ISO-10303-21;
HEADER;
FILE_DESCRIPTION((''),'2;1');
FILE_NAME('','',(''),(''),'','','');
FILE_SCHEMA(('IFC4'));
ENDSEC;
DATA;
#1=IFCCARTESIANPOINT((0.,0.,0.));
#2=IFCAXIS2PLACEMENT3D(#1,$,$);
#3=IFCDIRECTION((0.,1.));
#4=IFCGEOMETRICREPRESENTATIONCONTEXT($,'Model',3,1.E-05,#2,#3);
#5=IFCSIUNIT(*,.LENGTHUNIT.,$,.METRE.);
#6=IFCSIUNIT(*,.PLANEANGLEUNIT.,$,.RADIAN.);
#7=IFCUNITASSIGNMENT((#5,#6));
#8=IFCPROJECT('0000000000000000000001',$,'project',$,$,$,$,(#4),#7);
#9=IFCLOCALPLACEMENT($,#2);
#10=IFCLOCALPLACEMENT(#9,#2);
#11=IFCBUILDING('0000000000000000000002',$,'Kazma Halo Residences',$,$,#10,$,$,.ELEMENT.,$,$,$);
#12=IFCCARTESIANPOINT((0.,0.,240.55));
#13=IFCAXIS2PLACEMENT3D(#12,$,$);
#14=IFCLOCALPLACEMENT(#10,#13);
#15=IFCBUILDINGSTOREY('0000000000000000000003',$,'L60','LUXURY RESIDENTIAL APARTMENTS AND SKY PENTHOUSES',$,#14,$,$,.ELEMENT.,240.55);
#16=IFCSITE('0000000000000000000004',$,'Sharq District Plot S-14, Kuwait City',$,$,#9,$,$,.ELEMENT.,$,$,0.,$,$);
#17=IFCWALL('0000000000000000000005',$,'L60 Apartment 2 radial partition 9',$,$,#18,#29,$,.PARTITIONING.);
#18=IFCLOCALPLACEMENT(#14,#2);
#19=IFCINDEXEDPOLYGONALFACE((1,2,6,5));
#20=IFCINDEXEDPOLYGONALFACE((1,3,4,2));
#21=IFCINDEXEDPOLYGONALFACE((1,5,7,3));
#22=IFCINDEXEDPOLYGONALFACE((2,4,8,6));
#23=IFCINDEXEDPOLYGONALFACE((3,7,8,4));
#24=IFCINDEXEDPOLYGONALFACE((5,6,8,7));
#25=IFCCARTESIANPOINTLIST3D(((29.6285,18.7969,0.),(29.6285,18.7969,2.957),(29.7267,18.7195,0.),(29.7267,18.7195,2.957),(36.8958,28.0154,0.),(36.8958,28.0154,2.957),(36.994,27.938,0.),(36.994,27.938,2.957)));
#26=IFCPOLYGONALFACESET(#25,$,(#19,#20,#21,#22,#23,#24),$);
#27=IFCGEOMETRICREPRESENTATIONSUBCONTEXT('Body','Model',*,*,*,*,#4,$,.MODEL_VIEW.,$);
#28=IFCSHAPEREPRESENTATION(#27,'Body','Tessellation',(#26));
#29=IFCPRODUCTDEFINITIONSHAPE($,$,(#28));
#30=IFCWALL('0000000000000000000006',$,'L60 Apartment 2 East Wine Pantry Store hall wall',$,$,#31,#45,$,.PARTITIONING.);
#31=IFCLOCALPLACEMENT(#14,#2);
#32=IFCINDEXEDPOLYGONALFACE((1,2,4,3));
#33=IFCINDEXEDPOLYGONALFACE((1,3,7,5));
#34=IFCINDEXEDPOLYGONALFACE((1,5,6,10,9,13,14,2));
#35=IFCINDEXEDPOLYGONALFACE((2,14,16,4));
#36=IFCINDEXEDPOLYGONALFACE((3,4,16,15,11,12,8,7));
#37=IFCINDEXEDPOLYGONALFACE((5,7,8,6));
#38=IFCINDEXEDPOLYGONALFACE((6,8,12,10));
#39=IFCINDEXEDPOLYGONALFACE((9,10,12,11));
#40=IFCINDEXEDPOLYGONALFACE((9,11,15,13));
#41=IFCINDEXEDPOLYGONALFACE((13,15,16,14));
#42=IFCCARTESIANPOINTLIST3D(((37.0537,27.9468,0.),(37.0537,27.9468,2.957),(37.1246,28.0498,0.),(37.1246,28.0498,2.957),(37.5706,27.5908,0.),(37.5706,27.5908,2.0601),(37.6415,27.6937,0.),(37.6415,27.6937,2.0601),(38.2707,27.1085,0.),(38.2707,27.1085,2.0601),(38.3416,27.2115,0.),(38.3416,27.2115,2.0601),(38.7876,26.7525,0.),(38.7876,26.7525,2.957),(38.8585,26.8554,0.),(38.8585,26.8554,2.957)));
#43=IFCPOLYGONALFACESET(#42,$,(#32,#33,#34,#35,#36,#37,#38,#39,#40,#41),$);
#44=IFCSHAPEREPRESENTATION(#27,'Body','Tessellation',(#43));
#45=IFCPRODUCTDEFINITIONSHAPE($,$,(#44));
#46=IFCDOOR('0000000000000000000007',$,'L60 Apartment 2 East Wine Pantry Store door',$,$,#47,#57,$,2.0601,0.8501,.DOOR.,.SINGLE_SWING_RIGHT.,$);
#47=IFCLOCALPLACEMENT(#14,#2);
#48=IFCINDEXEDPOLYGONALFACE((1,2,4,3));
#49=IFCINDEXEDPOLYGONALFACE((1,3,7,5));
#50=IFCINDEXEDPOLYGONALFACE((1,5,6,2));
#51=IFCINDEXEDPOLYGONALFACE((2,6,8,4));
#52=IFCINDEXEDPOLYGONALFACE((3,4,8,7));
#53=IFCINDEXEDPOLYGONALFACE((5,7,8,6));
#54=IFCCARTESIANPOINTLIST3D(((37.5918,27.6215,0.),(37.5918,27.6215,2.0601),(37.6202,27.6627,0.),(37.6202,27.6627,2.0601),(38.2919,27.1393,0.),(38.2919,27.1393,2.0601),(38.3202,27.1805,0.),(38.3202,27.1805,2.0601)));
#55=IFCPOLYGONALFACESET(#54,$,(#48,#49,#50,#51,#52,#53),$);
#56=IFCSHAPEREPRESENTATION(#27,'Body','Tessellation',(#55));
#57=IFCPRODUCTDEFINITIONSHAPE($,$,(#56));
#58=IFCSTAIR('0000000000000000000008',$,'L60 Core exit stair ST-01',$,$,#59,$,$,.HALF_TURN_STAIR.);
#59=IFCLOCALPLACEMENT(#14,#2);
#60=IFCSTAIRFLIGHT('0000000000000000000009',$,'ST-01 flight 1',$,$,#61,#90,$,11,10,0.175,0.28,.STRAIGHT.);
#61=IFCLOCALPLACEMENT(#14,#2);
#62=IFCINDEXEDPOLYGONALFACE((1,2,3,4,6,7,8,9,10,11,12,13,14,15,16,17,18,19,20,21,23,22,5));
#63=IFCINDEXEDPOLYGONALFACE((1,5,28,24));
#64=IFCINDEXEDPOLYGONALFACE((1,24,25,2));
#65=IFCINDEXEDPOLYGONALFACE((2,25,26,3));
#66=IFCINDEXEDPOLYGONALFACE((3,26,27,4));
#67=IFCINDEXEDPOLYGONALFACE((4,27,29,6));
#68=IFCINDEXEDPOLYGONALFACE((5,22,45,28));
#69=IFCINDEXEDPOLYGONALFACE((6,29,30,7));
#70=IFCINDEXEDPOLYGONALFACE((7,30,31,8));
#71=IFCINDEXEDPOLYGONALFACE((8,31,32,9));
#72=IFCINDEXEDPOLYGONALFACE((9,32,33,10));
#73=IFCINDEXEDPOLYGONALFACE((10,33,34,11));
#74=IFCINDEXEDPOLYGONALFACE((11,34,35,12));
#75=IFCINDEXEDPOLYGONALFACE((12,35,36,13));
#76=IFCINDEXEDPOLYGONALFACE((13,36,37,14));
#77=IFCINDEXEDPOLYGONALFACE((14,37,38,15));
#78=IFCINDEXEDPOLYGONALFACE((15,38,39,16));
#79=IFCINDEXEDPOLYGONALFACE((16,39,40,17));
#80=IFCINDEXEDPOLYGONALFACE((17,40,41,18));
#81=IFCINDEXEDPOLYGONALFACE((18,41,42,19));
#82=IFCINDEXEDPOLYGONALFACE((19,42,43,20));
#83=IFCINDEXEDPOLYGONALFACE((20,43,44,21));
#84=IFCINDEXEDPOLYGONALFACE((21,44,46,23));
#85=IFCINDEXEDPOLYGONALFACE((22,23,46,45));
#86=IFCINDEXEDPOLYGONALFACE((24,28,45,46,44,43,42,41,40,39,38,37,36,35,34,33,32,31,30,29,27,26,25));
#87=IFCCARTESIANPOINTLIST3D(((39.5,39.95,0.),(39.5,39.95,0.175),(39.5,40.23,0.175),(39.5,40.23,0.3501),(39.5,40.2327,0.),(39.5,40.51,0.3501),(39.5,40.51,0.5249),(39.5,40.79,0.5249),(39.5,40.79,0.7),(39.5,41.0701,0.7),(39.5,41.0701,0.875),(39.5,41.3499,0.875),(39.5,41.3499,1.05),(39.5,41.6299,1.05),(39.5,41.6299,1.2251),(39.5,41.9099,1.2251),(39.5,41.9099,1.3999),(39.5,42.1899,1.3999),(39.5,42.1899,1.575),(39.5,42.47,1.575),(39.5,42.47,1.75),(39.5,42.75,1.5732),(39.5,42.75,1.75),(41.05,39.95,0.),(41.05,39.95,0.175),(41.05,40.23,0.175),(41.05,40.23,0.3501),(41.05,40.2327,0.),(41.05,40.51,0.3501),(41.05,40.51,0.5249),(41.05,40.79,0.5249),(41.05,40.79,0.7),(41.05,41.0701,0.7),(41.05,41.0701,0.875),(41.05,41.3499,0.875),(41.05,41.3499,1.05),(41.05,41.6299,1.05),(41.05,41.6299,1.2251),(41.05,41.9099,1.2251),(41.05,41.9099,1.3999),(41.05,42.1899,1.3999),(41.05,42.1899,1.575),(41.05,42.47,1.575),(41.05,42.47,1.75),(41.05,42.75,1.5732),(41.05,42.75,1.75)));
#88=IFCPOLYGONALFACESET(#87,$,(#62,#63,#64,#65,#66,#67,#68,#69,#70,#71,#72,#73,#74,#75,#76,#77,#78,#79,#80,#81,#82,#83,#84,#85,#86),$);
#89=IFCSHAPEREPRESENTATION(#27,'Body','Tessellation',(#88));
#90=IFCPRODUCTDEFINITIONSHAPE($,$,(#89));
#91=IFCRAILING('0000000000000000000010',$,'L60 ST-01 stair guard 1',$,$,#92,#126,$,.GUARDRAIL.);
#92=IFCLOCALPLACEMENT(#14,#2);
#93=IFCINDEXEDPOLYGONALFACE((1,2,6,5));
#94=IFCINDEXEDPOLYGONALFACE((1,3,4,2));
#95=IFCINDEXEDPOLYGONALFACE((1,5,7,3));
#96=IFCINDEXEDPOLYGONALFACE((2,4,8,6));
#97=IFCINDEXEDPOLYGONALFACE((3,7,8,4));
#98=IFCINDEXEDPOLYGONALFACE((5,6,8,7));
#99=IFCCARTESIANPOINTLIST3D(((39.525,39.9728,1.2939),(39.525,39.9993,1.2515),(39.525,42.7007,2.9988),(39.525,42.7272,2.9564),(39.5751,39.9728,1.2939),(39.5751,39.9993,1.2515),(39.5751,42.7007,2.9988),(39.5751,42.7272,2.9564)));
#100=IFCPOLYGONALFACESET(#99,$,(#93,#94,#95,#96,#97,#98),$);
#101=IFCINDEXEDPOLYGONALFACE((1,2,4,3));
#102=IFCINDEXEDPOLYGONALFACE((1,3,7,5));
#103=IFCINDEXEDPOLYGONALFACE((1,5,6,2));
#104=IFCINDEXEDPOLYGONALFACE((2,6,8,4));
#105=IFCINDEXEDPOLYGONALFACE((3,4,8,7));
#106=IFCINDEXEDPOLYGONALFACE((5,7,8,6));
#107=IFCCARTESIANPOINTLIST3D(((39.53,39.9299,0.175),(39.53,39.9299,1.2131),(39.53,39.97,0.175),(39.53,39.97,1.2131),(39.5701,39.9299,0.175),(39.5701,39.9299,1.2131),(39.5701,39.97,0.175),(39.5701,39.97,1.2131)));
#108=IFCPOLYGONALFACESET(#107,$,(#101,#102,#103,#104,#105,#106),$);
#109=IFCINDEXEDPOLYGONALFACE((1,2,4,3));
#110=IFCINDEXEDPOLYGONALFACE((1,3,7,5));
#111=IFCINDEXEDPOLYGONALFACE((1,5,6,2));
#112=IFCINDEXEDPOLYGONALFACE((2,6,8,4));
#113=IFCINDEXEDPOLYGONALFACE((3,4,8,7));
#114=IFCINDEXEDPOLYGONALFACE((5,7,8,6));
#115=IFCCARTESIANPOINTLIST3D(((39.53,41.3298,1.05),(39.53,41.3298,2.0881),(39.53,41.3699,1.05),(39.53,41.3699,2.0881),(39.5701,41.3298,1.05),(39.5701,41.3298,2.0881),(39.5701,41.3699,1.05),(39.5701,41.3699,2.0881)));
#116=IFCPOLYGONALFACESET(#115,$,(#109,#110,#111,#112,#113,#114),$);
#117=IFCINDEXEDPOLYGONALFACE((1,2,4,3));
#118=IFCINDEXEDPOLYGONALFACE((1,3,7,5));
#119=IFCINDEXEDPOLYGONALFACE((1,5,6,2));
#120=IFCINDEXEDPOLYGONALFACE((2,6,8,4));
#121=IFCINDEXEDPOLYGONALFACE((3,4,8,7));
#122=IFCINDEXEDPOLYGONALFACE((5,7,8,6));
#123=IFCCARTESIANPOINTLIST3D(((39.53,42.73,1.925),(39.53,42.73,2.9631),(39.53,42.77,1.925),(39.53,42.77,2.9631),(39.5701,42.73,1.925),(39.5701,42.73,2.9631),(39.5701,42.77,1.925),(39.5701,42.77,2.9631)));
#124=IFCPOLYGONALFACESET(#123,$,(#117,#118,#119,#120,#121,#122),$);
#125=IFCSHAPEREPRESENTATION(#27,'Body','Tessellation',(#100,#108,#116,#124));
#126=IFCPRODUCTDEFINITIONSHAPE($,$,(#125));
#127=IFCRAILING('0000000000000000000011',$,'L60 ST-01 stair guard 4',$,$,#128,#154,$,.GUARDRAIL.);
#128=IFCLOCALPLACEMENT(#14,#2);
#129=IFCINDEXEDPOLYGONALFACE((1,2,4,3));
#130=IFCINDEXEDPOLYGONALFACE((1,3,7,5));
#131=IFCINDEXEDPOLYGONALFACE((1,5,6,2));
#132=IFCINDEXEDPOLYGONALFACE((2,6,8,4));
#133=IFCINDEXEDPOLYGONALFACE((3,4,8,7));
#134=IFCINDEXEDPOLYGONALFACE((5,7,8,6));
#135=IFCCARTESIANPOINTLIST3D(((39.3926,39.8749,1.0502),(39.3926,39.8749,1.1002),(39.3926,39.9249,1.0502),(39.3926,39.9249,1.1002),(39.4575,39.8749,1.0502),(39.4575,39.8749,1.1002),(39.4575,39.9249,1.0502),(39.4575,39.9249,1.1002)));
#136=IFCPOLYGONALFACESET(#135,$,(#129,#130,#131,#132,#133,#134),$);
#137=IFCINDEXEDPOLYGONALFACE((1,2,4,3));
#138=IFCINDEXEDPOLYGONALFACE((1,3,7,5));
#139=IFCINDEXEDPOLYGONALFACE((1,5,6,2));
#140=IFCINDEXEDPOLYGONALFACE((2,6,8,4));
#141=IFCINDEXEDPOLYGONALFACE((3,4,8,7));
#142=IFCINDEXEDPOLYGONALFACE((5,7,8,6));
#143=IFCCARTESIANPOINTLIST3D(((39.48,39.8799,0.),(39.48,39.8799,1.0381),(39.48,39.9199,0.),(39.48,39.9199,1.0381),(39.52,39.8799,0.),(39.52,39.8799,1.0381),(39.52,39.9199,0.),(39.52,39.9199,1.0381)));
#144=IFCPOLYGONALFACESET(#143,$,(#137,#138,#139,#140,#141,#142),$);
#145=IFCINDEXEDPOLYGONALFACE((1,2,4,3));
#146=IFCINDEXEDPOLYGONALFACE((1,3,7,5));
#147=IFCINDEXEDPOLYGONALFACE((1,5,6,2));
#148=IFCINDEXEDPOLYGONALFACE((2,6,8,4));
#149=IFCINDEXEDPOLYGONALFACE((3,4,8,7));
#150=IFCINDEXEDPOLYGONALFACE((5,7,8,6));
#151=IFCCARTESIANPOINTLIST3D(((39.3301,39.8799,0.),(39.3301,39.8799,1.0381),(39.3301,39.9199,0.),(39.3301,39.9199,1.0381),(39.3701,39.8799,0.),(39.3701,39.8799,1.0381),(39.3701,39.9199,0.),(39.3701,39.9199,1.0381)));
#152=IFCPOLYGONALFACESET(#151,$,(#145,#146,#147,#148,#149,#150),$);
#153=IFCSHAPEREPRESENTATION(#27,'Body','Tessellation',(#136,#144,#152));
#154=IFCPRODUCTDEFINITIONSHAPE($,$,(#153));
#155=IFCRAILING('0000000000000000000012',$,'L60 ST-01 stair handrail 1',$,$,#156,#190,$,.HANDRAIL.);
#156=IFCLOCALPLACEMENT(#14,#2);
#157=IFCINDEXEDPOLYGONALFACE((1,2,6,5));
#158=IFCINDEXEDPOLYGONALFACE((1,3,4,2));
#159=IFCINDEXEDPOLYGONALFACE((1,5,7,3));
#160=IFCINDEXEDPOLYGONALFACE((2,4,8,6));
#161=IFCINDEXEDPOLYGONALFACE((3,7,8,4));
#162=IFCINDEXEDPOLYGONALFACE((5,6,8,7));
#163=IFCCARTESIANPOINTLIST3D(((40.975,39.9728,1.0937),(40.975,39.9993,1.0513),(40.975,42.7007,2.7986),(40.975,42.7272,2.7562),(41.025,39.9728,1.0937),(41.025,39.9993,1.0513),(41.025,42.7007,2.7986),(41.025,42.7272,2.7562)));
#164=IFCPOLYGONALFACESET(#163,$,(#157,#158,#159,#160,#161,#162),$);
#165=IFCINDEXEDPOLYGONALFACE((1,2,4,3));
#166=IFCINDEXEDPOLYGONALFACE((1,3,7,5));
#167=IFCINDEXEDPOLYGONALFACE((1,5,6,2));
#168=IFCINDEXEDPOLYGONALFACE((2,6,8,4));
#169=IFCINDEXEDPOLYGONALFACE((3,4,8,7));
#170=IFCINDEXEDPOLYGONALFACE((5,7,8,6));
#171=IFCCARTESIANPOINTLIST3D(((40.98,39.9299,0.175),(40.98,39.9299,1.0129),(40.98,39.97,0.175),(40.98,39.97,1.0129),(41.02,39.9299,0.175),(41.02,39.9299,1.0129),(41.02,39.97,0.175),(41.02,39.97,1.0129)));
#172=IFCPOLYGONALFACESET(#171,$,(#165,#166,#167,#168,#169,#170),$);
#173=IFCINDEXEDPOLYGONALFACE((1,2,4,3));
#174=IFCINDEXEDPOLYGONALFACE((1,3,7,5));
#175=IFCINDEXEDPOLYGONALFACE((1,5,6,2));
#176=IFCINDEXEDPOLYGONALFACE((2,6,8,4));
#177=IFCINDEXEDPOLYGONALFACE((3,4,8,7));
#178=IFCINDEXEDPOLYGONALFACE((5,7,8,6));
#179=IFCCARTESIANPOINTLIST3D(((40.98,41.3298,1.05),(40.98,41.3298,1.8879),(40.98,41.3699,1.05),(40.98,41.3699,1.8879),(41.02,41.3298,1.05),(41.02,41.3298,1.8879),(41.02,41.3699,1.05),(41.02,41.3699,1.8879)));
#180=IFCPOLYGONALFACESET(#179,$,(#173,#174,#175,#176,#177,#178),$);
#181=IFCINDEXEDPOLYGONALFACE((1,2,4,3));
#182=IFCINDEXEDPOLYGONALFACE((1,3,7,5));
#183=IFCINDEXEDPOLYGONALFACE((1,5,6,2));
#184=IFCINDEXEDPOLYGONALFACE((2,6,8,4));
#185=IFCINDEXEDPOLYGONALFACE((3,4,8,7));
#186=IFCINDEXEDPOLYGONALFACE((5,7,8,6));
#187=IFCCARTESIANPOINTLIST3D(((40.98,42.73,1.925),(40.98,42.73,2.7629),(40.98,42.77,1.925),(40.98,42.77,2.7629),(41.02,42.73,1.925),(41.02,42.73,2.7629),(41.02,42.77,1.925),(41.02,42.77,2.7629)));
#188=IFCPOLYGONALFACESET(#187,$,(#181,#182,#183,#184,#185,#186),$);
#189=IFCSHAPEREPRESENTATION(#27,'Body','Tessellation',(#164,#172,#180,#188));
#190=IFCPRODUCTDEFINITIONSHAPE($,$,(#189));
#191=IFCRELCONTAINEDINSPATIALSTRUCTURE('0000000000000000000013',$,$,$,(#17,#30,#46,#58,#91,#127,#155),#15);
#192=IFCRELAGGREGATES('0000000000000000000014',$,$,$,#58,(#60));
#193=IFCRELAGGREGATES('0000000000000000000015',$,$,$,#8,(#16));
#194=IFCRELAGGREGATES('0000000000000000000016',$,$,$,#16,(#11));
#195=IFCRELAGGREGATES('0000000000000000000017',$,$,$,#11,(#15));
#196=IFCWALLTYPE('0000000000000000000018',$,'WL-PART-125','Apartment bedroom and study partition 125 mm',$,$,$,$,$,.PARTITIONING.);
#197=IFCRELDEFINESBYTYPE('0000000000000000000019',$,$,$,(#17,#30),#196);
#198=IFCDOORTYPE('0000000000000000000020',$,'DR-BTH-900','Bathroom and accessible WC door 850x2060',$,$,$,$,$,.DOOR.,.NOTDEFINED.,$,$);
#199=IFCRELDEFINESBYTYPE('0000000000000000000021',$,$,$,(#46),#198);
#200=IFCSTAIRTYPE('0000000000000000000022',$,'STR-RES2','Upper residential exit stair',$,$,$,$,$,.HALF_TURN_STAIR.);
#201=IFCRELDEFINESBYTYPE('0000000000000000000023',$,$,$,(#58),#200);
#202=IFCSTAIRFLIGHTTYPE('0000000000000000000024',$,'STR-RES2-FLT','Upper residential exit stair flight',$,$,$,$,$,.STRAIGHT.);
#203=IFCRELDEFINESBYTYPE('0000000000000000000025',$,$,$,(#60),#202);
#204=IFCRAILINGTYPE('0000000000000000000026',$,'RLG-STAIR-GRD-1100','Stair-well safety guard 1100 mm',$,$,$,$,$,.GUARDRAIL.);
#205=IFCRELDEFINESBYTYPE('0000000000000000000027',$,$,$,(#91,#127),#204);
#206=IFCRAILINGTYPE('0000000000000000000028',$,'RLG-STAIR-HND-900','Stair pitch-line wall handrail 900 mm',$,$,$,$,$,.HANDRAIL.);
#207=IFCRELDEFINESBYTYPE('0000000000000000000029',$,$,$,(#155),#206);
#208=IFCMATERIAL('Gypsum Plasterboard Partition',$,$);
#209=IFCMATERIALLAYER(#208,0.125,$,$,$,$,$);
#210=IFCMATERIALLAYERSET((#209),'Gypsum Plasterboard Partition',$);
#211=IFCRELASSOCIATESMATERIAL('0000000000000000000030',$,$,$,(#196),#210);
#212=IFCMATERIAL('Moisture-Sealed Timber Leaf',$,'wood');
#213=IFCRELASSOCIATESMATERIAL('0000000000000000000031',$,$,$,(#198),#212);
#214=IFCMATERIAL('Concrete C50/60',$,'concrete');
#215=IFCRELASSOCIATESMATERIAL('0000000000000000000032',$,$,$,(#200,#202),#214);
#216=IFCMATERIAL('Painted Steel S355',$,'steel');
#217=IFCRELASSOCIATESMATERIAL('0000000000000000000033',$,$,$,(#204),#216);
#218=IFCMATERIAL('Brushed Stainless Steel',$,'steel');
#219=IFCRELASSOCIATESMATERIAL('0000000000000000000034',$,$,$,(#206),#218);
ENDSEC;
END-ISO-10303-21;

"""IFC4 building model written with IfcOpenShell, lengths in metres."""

from ifc_helpers import new_model, si_unit, direction, frame, frame_2d, origin, origin_2d, place, context, subcontext, project, spatial, polyline, rectangle, outline, extrude, material, layer, layer_set, type_object, element, fill, aggregate, save


model = new_model("IFC4")

# Units and contexts
model_context = context("Model", 3, precision=1e-05, world=origin(), true_north=direction((0.0, 1.0)))
body_context = subcontext(model_context, "Body", "Model", "MODEL_VIEW")
ifc_project = project(units=[si_unit("LENGTHUNIT", "METRE"), si_unit("PLANEANGLEUNIT", "RADIAN")], contexts=[model_context])

# Site, building, storey
site_placement = place(None, origin())
site = spatial("IfcSite", under=ifc_project, at=site_placement, Name="Sharq District Plot S-14, Kuwait City", CompositionType="ELEMENT", RefElevation=0.0)
building_placement = place(site_placement, origin())
building = spatial("IfcBuilding", under=site, at=building_placement, Name="Kazma Halo Residences", CompositionType="ELEMENT")
storey_placement = place(building_placement, frame((0.0, 0.0, 240.55)))
storey = spatial("IfcBuildingStorey", under=building, at=storey_placement, Name="L60", Description="LUXURY RESIDENTIAL APARTMENTS AND SKY PENTHOUSES", CompositionType="ELEMENT", Elevation=240.55)

# Shared definitions
ifc_material_1 = material(Name="Gypsum Plasterboard Partition")
ifc_layer_1 = layer(ifc_material_1, 0.125)
ifc_layer_set_1 = layer_set([ifc_layer_1], Name="Gypsum Plasterboard Partition")
wall_type_1 = type_object("IfcWallType", Name="WL-PART-125", Description="Apartment bedroom and study partition 125 mm", PredefinedType="PARTITIONING", material=ifc_layer_set_1)

# Shared definitions
ifc_material_2 = material(Name="Moisture-Sealed Timber Leaf", Category="wood")
door_type_1 = type_object("IfcDoorType", Name="DR-BTH-900", Description="Bathroom and accessible WC door 850x2060", OperationType="NOTDEFINED", PredefinedType="DOOR", material=ifc_material_2)

# Wall
wall_1_placement = place(storey_placement, frame((36.9448, 27.9766, 0.0), z_axis=(0.0, 0.0, 1.0), x_axis=(-0.619097, -0.785315, 0.0)))
element("IfcWall", 1, at=wall_1_placement, inside=storey, type_object=wall_type_1, Name="L60 Apartment 2 radial partition 9", PredefinedType="PARTITIONING", context=body_context, shape_type="SweptSolid", body=[
    extrude(rectangle(XDim=11.7385, YDim=0.125, at=frame_2d((5.8691, 0.0))), origin(), (0.0, 0.0, 1.0), 2.957),
])

# Wall, opening, door
wall_2_placement = place(storey_placement, frame((37.0891, 27.9983, 0.0), z_axis=(0.0, 0.0, 1.0), x_axis=(0.823534, -0.567267, 0.0)))
wall_2 = element("IfcWall", 2, at=wall_2_placement, inside=storey, type_object=wall_type_1, Name="L60 Apartment 2 East Wine Pantry Store hall wall", PredefinedType="PARTITIONING", context=body_context, shape_type="SweptSolid", body=[
    extrude(rectangle(XDim=2.1055, YDim=0.125, at=frame_2d((1.0527, 0.0))), origin(), (0.0, 0.0, 1.0), 2.957),
])
opening_1_placement = place(wall_2_placement, frame((0.6277, 0.0, 0.0)))
opening_1 = element("IfcOpeningElement", 3, at=opening_1_placement, cuts=wall_2, PredefinedType="OPENING", context=body_context, shape_type="SweptSolid", body=[
    extrude(rectangle(XDim=0.8501, YDim=2.0601, at=frame_2d((0.425, 1.03))), frame((0.0, 0.0725, 0.0), z_axis=(0.0, -1.0, 0.0), x_axis=(1.0, 0.0, 0.0)), (0.0, 0.0, 1.0), 0.145),
])
door_1_placement = place(opening_1_placement, origin())
door_1 = element("IfcDoor", 4, at=door_1_placement, inside=storey, type_object=door_type_1, Name="L60 Apartment 2 East Wine Pantry Store door", OperationType="SINGLE_SWING_RIGHT", OverallHeight=2.0601, OverallWidth=0.8501, PredefinedType="DOOR", context=body_context, shape_type="SweptSolid", body=[
    extrude(rectangle(XDim=0.8501, YDim=2.0601, at=frame_2d((0.425, 1.03))), frame((0.0, 0.0249, 0.0), z_axis=(0.0, -1.0, 0.0), x_axis=(1.0, 0.0, 0.0)), (0.0, 0.0, 1.0), 0.05),
])
fill(opening_1, door_1)
ifc_material_3 = material(Name="Concrete C50/60", Category="concrete")

# Stair, stair flight
stair_type = type_object("IfcStairType", Name="STR-RES2", Description="Upper residential exit stair", PredefinedType="HALF_TURN_STAIR", material=ifc_material_3)
stair_placement = place(storey_placement, origin())
stair = element("IfcStair", 5, at=stair_placement, inside=storey, type_object=stair_type, Name="L60 Core exit stair ST-01", PredefinedType="HALF_TURN_STAIR")
stair_flight_type = type_object("IfcStairFlightType", Name="STR-RES2-FLT", Description="Upper residential exit stair flight", PredefinedType="STRAIGHT", material=ifc_material_3)
stair_flight_placement = place(storey_placement, frame((40.2749, 39.95, 0.0), z_axis=(0.0, 0.0, 1.0), x_axis=(0.0, 1.0, 0.0)))
stair_flight = element("IfcStairFlight", 6, at=stair_flight_placement, type_object=stair_flight_type, Name="ST-01 flight 1", NumberOfRisers=11, NumberOfTreads=10, PredefinedType="STRAIGHT", RiserHeight=0.175, TreadLength=0.28, context=body_context, shape_type="SweptSolid", body=[
    extrude(outline(polyline([(0.0, 0.0), (0.0, 0.175), (0.28, 0.175), (0.28, 0.3501), (0.5601, 0.3501), (0.5601, 0.5249), (0.8401, 0.5249), (0.8401, 0.7), (1.1201, 0.7), (1.1201, 0.875), (1.3999, 0.875), (1.3999, 1.05), (1.6799, 1.05), (1.6799, 1.2251), (1.96, 1.2251), (1.96, 1.3999), (2.24, 1.3999), (2.24, 1.575), (2.52, 1.575), (2.52, 1.75), (2.8, 1.75), (2.8, 1.925), (2.8, 1.5732), (0.2827, 0.0), (0.0, 0.0)])), frame((0.0, 0.7749, 0.0), z_axis=(0.0, -1.0, 0.0), x_axis=(1.0, 0.0, 0.0)), (0.0, 0.0, 1.0), 1.55),
])
aggregate(stair, [stair_flight])

# Railings
ifc_material_4 = material(Name="Painted Steel S355", Category="steel")
railing_type_1 = type_object("IfcRailingType", Name="RLG-STAIR-GRD-1100", Description="Stair-well safety guard 1100 mm", PredefinedType="GUARDRAIL", material=ifc_material_4)
railing_1_placement = place(storey_placement, frame((39.55, 39.95, 0.175)))
element("IfcRailing", 7, at=railing_1_placement, inside=storey, type_object=railing_type_1, Name="L60 ST-01 stair guard 1", PredefinedType="GUARDRAIL", context=body_context, shape_type="SweptSolid", body=[
    extrude(rectangle(XDim=0.05, YDim=0.05, at=origin_2d()), frame((0.0, 0.0361, 1.0977), z_axis=(0.0, 0.848002, 0.529992), x_axis=(-1.0, 0.0, 0.0)), (0.0, 0.0, 1.0), 3.2168),
    extrude(rectangle(XDim=0.04, YDim=0.04, at=origin_2d()), origin(), (0.0, 0.0, 1.0), 1.0381),
    extrude(rectangle(XDim=0.04, YDim=0.04, at=origin_2d()), frame((0.0, 1.3999, 0.875)), (0.0, 0.0, 1.0), 1.0381),
    extrude(rectangle(XDim=0.04, YDim=0.04, at=origin_2d()), frame((0.0, 2.8, 1.75)), (0.0, 0.0, 1.0), 1.0381),
])
railing_2_placement = place(storey_placement, frame((39.5, 39.8999, 0.0)))
element("IfcRailing", 8, at=railing_2_placement, inside=storey, type_object=railing_type_1, Name="L60 ST-01 stair guard 4", PredefinedType="GUARDRAIL", context=body_context, shape_type="SweptSolid", body=[
    extrude(rectangle(XDim=0.05, YDim=0.05, at=origin_2d()), frame((-0.0425, 0.0, 1.0752), z_axis=(-1.0, 0.0, 0.0), x_axis=(0.0, -1.0, 0.0)), (0.0, 0.0, 1.0), 0.0649),
    extrude(rectangle(XDim=0.04, YDim=0.04, at=origin_2d()), origin(), (0.0, 0.0, 1.0), 1.0381),
    extrude(rectangle(XDim=0.04, YDim=0.04, at=origin_2d()), frame((-0.1499, 0.0, 0.0)), (0.0, 0.0, 1.0), 1.0381),
])
ifc_material_5 = material(Name="Brushed Stainless Steel", Category="steel")
railing_type_2 = type_object("IfcRailingType", Name="RLG-STAIR-HND-900", Description="Stair pitch-line wall handrail 900 mm", PredefinedType="HANDRAIL", material=ifc_material_5)
railing_3_placement = place(storey_placement, frame((41.0, 39.95, 0.175)))
element("IfcRailing", 9, at=railing_3_placement, inside=storey, type_object=railing_type_2, Name="L60 ST-01 stair handrail 1", PredefinedType="HANDRAIL", context=body_context, shape_type="SweptSolid", body=[
    extrude(rectangle(XDim=0.05, YDim=0.05, at=origin_2d()), frame((0.0, 0.0361, 0.8975), z_axis=(0.0, 0.848002, 0.529992), x_axis=(-1.0, 0.0, 0.0)), (0.0, 0.0, 1.0), 3.2168),
    extrude(rectangle(XDim=0.04, YDim=0.04, at=origin_2d()), origin(), (0.0, 0.0, 1.0), 0.8379),
    extrude(rectangle(XDim=0.04, YDim=0.04, at=origin_2d()), frame((0.0, 1.3999, 0.875)), (0.0, 0.0, 1.0), 0.8379),
    extrude(rectangle(XDim=0.04, YDim=0.04, at=origin_2d()), frame((0.0, 2.8, 1.75)), (0.0, 0.0, 1.0), 0.8379),
])

save(model, "model.ifc")
